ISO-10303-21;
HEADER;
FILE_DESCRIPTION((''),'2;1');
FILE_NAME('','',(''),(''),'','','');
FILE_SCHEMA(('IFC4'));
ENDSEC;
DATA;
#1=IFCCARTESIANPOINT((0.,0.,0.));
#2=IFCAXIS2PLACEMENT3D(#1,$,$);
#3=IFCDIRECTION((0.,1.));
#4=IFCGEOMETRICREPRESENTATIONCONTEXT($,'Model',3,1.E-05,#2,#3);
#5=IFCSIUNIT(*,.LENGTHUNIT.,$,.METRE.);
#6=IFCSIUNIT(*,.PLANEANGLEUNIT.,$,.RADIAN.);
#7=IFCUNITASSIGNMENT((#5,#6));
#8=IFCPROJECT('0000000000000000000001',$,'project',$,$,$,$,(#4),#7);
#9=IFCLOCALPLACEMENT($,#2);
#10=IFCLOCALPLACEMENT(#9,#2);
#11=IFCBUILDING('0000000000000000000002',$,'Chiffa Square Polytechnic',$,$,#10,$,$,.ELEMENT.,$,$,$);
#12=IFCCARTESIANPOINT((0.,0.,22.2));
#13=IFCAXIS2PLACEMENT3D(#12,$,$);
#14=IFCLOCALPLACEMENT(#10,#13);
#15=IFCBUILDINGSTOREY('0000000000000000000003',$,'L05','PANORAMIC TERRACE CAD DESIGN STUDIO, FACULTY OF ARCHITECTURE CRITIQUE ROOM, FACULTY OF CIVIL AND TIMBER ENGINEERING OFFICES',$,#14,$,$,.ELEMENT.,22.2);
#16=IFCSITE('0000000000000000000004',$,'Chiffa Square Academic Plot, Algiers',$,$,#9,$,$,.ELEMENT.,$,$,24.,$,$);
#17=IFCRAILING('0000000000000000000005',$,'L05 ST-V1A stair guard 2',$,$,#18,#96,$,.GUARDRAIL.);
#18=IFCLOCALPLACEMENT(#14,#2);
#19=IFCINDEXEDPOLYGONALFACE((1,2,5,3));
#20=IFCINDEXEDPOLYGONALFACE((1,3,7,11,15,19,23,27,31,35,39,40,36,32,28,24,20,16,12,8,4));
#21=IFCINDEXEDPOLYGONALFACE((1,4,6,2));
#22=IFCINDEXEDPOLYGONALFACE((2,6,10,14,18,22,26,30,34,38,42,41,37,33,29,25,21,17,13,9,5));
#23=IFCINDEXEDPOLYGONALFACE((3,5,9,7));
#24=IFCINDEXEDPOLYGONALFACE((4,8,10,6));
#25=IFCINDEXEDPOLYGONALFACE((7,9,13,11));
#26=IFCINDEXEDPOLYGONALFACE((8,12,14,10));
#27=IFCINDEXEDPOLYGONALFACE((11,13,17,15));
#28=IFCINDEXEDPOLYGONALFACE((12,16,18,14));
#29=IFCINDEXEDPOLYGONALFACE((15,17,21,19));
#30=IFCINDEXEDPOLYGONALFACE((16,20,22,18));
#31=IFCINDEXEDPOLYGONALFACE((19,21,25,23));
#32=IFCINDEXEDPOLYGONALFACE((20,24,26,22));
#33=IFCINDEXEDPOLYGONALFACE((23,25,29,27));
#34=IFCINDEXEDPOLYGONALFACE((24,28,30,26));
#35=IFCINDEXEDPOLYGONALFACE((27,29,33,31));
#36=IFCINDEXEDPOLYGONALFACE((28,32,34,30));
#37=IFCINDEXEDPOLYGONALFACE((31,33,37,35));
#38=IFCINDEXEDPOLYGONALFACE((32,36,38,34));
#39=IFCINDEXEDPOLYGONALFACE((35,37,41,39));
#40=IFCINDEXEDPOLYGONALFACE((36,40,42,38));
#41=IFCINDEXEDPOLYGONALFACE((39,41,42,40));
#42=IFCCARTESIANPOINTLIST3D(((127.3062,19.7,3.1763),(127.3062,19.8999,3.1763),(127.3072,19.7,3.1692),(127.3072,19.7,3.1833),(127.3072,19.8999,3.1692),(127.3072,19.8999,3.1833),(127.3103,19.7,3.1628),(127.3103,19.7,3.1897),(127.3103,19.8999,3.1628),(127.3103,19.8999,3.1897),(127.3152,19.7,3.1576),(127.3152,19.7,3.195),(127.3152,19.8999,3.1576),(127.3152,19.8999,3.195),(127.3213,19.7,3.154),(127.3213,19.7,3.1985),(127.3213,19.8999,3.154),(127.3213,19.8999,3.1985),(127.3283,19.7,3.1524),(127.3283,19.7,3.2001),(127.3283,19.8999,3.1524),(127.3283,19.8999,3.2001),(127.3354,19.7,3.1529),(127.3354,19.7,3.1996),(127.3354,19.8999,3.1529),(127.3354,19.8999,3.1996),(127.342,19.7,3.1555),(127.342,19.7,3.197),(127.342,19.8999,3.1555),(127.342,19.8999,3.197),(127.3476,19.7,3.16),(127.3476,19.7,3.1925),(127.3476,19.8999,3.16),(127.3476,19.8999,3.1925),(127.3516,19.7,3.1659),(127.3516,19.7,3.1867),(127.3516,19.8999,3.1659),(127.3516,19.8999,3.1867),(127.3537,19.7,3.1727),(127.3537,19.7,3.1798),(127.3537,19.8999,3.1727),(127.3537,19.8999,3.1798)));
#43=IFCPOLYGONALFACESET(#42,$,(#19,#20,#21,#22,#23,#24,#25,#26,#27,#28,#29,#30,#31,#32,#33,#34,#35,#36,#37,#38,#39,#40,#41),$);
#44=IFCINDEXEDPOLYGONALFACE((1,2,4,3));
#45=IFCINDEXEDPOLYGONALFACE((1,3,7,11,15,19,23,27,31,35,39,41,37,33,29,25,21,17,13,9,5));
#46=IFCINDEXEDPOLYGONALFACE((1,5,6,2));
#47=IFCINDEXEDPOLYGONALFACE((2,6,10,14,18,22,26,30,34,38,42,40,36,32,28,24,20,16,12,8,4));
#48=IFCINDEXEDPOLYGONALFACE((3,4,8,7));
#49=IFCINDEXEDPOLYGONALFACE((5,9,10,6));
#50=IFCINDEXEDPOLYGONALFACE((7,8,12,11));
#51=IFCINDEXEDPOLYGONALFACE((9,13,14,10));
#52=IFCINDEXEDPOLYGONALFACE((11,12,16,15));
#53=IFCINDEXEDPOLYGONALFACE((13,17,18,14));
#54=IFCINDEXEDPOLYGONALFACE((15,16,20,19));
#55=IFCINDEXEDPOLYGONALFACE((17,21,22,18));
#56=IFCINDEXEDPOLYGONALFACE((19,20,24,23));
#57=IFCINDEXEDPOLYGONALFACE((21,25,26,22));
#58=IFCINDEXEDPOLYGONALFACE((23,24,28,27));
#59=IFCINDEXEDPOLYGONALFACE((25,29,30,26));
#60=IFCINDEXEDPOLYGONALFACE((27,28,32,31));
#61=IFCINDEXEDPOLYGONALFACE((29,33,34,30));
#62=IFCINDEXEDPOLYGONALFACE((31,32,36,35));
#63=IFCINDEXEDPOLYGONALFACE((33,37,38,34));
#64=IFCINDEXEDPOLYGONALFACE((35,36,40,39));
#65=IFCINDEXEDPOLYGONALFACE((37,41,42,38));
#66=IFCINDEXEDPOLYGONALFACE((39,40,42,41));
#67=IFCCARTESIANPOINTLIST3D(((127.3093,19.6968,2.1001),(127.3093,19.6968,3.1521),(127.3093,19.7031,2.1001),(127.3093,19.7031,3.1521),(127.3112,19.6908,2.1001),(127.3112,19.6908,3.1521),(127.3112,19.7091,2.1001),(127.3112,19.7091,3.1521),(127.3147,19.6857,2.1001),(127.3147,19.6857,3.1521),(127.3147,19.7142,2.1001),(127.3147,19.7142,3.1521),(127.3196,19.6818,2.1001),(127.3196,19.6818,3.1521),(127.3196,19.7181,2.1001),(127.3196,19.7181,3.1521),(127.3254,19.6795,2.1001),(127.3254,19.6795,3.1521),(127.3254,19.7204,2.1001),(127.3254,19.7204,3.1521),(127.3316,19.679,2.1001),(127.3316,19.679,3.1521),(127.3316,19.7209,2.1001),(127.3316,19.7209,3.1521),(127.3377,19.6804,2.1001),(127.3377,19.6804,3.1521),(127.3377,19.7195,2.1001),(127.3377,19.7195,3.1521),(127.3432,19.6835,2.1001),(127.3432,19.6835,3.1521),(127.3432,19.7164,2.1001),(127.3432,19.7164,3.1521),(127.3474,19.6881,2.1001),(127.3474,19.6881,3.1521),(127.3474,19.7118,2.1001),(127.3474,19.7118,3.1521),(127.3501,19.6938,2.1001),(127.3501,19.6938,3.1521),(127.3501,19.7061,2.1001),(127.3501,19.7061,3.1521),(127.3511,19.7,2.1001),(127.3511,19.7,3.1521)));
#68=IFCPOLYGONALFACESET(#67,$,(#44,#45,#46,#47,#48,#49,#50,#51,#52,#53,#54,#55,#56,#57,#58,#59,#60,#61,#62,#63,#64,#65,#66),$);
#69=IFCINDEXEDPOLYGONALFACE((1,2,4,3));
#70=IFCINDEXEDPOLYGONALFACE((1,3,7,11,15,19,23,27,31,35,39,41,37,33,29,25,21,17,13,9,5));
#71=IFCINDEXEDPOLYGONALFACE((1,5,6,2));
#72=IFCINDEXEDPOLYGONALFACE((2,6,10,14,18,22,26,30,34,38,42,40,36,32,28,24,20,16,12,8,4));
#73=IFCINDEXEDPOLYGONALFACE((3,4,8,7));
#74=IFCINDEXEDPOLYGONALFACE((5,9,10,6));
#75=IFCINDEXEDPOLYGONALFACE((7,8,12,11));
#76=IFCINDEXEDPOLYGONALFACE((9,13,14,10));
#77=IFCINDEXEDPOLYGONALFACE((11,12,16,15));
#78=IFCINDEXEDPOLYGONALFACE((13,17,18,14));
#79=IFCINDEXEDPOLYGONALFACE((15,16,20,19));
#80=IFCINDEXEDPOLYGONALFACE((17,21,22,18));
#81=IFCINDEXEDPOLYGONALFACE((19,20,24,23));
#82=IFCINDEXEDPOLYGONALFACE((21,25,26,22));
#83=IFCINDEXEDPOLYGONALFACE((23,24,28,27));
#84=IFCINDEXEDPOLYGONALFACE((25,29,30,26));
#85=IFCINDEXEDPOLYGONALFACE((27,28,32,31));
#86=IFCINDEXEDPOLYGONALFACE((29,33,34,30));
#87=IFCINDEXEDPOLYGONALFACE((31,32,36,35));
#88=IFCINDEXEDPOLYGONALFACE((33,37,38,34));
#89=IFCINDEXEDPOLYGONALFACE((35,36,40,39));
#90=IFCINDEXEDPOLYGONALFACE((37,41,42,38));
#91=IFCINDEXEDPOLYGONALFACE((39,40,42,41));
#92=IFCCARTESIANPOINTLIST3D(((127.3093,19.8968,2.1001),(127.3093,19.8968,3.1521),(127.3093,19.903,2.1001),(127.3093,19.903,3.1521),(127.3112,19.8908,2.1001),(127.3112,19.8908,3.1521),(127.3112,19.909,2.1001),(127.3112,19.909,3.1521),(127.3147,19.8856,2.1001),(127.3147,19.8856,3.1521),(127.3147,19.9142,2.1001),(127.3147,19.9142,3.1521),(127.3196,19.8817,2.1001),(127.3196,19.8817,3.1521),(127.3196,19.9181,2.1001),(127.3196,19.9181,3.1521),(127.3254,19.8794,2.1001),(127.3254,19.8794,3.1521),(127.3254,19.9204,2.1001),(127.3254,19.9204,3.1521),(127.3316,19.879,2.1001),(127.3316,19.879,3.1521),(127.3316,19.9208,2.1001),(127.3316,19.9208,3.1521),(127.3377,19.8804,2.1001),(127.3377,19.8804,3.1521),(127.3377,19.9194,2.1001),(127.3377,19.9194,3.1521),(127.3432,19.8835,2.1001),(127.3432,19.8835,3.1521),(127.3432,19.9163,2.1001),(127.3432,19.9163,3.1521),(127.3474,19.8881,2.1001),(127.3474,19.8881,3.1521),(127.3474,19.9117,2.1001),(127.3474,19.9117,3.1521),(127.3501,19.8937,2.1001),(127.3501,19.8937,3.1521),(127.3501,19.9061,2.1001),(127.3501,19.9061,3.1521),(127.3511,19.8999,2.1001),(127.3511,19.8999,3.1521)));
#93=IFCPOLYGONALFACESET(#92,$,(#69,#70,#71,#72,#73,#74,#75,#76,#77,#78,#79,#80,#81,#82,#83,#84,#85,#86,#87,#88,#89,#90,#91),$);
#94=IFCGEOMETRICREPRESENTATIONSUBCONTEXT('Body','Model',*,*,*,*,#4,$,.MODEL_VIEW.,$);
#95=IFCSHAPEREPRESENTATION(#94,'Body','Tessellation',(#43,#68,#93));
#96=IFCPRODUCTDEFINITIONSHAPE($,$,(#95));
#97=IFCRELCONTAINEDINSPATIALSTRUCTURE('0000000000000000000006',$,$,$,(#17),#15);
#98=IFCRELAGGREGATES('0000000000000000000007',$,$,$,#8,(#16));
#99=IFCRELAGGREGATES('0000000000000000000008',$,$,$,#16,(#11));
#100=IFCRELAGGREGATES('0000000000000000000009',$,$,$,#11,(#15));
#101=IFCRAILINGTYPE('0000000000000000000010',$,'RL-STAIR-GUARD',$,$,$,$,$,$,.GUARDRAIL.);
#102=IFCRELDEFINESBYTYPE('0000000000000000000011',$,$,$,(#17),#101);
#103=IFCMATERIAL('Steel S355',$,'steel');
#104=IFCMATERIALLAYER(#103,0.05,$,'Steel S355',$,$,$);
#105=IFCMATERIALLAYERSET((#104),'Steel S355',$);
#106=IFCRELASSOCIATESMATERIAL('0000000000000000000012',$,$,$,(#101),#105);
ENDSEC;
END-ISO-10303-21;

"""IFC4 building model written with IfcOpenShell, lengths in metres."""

from ifc_helpers import new_model, si_unit, direction, frame, origin, origin_2d, place, context, subcontext, project, spatial, circle, extrude, material, layer, layer_set, type_object, element, save


model = new_model("IFC4")

# Units and contexts
model_context = context("Model", 3, precision=1e-05, world=origin(), true_north=direction((0.0, 1.0)))
body_context = subcontext(model_context, "Body", "Model", "MODEL_VIEW")
ifc_project = project(units=[si_unit("LENGTHUNIT", "METRE"), si_unit("PLANEANGLEUNIT", "RADIAN")], contexts=[model_context])

# Site, building, storey
site_placement = place(None, origin())
site = spatial("IfcSite", under=ifc_project, at=site_placement, Name="Chiffa Square Academic Plot, Algiers", CompositionType="ELEMENT", RefElevation=24.0)
building_placement = place(site_placement, origin())
building = spatial("IfcBuilding", under=site, at=building_placement, Name="Chiffa Square Polytechnic", CompositionType="ELEMENT")
storey_placement = place(building_placement, frame((0.0, 0.0, 22.2)))
storey = spatial("IfcBuildingStorey", under=building, at=storey_placement, Name="L05", Description="PANORAMIC TERRACE CAD DESIGN STUDIO, FACULTY OF ARCHITECTURE CRITIQUE ROOM, FACULTY OF CIVIL AND TIMBER ENGINEERING OFFICES", CompositionType="ELEMENT", Elevation=22.2)

# Railing
ifc_material_1 = material(Name="Steel S355", Category="steel")
ifc_layer_1 = layer(ifc_material_1, 0.05, Name="Steel S355")
ifc_layer_set_1 = layer_set([ifc_layer_1], Name="Steel S355")
railing_type_1 = type_object("IfcRailingType", Name="RL-STAIR-GUARD", PredefinedType="GUARDRAIL", material=ifc_layer_set_1)
railing_1_placement = place(storey_placement, frame((127.3301, 19.7, 2.1001)))
element("IfcRailing", 1, at=railing_1_placement, inside=storey, type_object=railing_type_1, Name="L05 ST-V1A stair guard 2", PredefinedType="GUARDRAIL", context=body_context, shape_type="SweptSolid", body=[
    extrude(circle(Radius=0.0239, at=origin_2d()), frame((0.0, 0.0, 1.0762), z_axis=(0.0, 1.0, 0.0), x_axis=(-1.0, 0.0, 0.0)), (0.0, 0.0, 1.0), 0.2),
    extrude(circle(Radius=0.021, at=origin_2d()), origin(), (0.0, 0.0, 1.0), 1.052),
    extrude(circle(Radius=0.021, at=origin_2d()), frame((0.0, 0.2, 0.0)), (0.0, 0.0, 1.0), 1.052),
])

save(model, "model.ifc")
